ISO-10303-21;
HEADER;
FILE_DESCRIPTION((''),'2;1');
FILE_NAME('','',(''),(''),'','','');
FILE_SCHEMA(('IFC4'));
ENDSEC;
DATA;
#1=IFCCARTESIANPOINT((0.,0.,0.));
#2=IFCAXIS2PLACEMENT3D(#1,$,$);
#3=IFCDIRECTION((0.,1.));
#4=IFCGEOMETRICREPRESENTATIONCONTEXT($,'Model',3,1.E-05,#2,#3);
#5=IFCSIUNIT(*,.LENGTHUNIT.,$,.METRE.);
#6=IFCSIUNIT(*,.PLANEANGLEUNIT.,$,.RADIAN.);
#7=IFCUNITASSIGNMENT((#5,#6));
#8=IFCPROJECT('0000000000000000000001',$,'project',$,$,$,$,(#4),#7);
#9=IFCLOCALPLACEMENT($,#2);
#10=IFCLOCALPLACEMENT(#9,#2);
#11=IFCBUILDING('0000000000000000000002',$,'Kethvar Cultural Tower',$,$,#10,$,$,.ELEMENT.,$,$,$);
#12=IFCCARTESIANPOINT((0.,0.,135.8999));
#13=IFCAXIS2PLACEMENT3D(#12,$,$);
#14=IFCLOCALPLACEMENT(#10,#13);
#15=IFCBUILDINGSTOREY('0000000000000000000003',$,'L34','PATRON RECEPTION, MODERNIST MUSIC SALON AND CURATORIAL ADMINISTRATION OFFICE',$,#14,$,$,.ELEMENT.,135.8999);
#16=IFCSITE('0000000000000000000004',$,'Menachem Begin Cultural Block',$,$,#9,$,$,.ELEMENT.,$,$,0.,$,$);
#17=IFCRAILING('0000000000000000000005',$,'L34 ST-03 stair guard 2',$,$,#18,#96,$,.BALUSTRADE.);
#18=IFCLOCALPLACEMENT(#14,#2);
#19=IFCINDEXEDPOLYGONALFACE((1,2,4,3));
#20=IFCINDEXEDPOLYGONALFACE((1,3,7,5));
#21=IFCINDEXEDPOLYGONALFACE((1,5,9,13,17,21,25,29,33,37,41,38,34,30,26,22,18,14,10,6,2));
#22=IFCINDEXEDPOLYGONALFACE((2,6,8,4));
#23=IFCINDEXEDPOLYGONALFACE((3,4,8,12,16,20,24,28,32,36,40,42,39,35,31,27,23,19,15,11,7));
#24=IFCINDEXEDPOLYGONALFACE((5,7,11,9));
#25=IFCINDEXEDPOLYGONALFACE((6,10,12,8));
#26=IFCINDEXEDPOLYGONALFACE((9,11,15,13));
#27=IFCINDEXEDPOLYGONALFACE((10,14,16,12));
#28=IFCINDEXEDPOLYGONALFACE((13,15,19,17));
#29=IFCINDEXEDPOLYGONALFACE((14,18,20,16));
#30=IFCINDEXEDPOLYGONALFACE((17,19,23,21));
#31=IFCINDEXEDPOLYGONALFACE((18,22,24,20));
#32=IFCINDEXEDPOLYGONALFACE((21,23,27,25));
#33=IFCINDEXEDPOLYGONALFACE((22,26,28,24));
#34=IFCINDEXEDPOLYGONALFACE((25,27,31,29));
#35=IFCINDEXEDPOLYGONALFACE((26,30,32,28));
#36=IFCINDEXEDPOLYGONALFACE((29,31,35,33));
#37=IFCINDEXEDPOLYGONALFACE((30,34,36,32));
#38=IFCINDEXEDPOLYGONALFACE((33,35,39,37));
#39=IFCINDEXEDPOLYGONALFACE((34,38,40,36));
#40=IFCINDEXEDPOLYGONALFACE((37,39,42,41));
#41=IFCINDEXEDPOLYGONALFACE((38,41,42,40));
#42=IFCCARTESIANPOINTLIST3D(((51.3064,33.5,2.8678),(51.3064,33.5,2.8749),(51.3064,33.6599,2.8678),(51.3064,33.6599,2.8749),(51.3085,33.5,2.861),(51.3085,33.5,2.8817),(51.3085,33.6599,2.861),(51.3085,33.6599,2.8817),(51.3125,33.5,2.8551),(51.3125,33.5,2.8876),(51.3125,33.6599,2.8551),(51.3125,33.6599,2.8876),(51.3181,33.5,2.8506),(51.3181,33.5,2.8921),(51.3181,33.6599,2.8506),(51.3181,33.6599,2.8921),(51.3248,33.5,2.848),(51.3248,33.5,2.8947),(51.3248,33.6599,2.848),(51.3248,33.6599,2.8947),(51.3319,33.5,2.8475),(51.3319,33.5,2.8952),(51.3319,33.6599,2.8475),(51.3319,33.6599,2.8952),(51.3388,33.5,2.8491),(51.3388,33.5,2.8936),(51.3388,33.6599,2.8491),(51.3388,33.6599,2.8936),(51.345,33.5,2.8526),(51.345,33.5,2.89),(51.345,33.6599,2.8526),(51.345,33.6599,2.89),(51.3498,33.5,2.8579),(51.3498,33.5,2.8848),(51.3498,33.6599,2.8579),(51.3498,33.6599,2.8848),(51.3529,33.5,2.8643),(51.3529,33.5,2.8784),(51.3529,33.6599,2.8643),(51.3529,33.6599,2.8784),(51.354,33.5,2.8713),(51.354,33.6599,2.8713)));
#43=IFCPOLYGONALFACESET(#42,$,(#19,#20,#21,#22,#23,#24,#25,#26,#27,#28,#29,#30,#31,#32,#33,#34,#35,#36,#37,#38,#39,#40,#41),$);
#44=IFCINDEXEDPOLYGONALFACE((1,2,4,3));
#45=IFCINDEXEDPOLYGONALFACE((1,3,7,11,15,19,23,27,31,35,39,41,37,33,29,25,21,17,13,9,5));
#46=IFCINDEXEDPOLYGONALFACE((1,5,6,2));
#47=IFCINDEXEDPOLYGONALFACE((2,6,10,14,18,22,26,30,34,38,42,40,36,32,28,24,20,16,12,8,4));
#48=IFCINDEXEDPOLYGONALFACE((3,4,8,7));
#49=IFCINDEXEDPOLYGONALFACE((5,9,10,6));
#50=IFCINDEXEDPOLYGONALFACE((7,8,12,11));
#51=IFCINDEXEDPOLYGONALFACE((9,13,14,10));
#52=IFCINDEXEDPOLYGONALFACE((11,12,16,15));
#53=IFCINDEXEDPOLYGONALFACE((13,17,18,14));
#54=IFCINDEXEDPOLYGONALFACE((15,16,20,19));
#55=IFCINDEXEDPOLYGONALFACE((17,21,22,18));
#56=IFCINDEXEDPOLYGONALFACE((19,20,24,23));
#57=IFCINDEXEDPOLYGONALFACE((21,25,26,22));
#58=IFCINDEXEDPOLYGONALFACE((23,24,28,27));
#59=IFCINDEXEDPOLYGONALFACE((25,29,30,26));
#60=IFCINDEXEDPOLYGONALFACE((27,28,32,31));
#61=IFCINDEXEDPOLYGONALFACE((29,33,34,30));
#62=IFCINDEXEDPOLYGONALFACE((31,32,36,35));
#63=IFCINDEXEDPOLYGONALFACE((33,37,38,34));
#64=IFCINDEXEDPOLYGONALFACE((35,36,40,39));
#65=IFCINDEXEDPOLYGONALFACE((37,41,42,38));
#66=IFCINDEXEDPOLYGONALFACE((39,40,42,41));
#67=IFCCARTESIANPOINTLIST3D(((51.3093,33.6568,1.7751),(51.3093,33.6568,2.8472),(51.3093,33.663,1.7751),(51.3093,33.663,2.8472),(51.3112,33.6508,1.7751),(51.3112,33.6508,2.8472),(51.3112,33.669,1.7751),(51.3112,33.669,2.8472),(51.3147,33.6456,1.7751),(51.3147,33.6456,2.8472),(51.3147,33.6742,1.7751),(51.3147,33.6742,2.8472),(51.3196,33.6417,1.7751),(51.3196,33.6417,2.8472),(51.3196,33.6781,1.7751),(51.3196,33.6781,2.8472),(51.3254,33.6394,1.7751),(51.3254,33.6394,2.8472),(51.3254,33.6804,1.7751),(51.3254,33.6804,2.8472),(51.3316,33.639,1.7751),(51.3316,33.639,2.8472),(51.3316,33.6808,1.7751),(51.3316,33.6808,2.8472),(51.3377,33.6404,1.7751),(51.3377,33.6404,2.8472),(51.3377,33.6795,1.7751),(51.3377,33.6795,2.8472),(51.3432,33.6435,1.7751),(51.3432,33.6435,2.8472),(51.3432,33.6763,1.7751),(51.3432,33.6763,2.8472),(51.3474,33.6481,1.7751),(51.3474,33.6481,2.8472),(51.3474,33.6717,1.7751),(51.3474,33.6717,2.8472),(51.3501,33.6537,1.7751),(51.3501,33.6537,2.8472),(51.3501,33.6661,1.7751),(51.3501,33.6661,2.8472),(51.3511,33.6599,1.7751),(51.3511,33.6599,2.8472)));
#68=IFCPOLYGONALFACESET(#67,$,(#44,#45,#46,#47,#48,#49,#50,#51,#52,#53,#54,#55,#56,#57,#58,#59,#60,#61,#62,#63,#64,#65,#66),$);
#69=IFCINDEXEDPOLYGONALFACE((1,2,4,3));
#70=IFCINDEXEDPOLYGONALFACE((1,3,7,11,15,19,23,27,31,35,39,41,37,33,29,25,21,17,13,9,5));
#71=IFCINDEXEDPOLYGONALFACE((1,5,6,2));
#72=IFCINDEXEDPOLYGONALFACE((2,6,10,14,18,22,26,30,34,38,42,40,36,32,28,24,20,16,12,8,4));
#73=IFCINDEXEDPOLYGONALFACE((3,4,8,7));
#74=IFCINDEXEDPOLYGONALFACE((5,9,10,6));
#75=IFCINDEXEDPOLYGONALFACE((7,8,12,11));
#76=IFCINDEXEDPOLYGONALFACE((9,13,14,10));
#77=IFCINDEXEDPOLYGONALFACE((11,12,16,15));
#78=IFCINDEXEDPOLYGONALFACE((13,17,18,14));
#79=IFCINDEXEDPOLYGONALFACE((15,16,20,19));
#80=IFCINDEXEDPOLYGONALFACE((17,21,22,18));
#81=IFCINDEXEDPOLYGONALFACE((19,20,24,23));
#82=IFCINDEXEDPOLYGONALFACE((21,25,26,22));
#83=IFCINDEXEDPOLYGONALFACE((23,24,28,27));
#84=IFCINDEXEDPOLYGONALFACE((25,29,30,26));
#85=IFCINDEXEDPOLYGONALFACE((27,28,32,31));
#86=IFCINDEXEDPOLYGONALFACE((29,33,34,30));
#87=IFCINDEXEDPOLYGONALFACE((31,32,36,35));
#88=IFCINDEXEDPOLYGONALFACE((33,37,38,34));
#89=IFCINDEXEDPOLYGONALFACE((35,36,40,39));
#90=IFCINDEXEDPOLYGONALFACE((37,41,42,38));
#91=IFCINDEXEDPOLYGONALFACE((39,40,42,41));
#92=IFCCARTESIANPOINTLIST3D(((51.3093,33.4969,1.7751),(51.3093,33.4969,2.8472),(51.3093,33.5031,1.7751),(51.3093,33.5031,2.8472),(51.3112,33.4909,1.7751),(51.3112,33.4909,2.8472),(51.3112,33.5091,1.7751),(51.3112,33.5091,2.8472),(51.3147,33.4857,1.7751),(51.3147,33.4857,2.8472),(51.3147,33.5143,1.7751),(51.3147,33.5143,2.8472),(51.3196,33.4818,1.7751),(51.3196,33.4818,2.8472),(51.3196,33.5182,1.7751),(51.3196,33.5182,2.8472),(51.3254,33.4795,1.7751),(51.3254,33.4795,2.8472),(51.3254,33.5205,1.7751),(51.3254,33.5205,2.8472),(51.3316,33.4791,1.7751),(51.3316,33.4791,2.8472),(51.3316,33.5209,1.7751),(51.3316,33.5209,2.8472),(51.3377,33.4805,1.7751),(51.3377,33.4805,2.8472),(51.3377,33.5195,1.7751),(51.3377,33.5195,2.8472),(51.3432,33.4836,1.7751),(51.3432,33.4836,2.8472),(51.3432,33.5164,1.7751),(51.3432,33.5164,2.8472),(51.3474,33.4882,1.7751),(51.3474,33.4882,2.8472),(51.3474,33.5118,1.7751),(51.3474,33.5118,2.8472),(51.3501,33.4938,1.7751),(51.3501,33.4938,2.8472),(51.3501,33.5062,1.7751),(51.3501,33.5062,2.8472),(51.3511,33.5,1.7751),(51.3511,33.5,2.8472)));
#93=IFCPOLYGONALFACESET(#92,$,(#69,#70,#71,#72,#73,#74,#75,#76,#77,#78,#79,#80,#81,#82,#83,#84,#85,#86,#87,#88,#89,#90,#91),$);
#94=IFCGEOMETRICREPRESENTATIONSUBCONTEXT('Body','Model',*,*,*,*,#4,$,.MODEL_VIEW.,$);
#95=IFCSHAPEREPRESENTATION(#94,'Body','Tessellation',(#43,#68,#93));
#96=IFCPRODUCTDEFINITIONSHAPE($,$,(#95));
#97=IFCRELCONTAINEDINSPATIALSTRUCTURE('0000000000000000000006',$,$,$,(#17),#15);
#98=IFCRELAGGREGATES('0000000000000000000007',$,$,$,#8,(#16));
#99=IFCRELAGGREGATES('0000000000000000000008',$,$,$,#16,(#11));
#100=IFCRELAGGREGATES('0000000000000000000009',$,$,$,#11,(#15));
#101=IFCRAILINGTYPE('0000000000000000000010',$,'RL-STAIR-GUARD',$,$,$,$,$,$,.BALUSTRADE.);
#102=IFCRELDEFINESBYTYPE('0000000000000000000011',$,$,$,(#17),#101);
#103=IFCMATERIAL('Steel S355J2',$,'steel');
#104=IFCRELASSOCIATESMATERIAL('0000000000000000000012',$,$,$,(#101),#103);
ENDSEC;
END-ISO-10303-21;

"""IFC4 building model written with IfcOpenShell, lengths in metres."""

from ifc_helpers import new_model, si_unit, direction, frame, origin, origin_2d, place, context, subcontext, project, spatial, circle, extrude, material, type_object, element, save


model = new_model("IFC4")

# Units and contexts
model_context = context("Model", 3, precision=1e-05, world=origin(), true_north=direction((0.0, 1.0)))
body_context = subcontext(model_context, "Body", "Model", "MODEL_VIEW")
ifc_project = project(units=[si_unit("LENGTHUNIT", "METRE"), si_unit("PLANEANGLEUNIT", "RADIAN")], contexts=[model_context])

# Site, building, storey
site_placement = place(None, origin())
site = spatial("IfcSite", under=ifc_project, at=site_placement, Name="Menachem Begin Cultural Block", CompositionType="ELEMENT", RefElevation=0.0)
building_placement = place(site_placement, origin())
building = spatial("IfcBuilding", under=site, at=building_placement, Name="Kethvar Cultural Tower", CompositionType="ELEMENT")
storey_placement = place(building_placement, frame((0.0, 0.0, 135.8999)))
storey = spatial("IfcBuildingStorey", under=building, at=storey_placement, Name="L34", Description="PATRON RECEPTION, MODERNIST MUSIC SALON AND CURATORIAL ADMINISTRATION OFFICE", CompositionType="ELEMENT", Elevation=135.8999)

# Shared definitions
ifc_material_1 = material(Name="Steel S355J2", Category="steel")

# Railing
railing_type_1 = type_object("IfcRailingType", Name="RL-STAIR-GUARD", PredefinedType="BALUSTRADE", material=ifc_material_1)
railing_1_placement = place(storey_placement, frame((51.3301, 33.6599, 1.7751)))
element("IfcRailing", 1, at=railing_1_placement, inside=storey, type_object=railing_type_1, Name="L34 ST-03 stair guard 2", PredefinedType="BALUSTRADE", context=body_context, shape_type="SweptSolid", body=[
    extrude(circle(Radius=0.0239, at=origin_2d()), frame((0.0, 0.0, 1.0962), z_axis=(0.0, -1.0, 0.0), x_axis=(1.0, 0.0, 0.0)), (0.0, 0.0, 1.0), 0.1599),
    extrude(circle(Radius=0.021, at=origin_2d()), origin(), (0.0, 0.0, 1.0), 1.072),
    extrude(circle(Radius=0.021, at=origin_2d()), frame((0.0, -0.1599, 0.0)), (0.0, 0.0, 1.0), 1.072),
])

save(model, "model.ifc")
